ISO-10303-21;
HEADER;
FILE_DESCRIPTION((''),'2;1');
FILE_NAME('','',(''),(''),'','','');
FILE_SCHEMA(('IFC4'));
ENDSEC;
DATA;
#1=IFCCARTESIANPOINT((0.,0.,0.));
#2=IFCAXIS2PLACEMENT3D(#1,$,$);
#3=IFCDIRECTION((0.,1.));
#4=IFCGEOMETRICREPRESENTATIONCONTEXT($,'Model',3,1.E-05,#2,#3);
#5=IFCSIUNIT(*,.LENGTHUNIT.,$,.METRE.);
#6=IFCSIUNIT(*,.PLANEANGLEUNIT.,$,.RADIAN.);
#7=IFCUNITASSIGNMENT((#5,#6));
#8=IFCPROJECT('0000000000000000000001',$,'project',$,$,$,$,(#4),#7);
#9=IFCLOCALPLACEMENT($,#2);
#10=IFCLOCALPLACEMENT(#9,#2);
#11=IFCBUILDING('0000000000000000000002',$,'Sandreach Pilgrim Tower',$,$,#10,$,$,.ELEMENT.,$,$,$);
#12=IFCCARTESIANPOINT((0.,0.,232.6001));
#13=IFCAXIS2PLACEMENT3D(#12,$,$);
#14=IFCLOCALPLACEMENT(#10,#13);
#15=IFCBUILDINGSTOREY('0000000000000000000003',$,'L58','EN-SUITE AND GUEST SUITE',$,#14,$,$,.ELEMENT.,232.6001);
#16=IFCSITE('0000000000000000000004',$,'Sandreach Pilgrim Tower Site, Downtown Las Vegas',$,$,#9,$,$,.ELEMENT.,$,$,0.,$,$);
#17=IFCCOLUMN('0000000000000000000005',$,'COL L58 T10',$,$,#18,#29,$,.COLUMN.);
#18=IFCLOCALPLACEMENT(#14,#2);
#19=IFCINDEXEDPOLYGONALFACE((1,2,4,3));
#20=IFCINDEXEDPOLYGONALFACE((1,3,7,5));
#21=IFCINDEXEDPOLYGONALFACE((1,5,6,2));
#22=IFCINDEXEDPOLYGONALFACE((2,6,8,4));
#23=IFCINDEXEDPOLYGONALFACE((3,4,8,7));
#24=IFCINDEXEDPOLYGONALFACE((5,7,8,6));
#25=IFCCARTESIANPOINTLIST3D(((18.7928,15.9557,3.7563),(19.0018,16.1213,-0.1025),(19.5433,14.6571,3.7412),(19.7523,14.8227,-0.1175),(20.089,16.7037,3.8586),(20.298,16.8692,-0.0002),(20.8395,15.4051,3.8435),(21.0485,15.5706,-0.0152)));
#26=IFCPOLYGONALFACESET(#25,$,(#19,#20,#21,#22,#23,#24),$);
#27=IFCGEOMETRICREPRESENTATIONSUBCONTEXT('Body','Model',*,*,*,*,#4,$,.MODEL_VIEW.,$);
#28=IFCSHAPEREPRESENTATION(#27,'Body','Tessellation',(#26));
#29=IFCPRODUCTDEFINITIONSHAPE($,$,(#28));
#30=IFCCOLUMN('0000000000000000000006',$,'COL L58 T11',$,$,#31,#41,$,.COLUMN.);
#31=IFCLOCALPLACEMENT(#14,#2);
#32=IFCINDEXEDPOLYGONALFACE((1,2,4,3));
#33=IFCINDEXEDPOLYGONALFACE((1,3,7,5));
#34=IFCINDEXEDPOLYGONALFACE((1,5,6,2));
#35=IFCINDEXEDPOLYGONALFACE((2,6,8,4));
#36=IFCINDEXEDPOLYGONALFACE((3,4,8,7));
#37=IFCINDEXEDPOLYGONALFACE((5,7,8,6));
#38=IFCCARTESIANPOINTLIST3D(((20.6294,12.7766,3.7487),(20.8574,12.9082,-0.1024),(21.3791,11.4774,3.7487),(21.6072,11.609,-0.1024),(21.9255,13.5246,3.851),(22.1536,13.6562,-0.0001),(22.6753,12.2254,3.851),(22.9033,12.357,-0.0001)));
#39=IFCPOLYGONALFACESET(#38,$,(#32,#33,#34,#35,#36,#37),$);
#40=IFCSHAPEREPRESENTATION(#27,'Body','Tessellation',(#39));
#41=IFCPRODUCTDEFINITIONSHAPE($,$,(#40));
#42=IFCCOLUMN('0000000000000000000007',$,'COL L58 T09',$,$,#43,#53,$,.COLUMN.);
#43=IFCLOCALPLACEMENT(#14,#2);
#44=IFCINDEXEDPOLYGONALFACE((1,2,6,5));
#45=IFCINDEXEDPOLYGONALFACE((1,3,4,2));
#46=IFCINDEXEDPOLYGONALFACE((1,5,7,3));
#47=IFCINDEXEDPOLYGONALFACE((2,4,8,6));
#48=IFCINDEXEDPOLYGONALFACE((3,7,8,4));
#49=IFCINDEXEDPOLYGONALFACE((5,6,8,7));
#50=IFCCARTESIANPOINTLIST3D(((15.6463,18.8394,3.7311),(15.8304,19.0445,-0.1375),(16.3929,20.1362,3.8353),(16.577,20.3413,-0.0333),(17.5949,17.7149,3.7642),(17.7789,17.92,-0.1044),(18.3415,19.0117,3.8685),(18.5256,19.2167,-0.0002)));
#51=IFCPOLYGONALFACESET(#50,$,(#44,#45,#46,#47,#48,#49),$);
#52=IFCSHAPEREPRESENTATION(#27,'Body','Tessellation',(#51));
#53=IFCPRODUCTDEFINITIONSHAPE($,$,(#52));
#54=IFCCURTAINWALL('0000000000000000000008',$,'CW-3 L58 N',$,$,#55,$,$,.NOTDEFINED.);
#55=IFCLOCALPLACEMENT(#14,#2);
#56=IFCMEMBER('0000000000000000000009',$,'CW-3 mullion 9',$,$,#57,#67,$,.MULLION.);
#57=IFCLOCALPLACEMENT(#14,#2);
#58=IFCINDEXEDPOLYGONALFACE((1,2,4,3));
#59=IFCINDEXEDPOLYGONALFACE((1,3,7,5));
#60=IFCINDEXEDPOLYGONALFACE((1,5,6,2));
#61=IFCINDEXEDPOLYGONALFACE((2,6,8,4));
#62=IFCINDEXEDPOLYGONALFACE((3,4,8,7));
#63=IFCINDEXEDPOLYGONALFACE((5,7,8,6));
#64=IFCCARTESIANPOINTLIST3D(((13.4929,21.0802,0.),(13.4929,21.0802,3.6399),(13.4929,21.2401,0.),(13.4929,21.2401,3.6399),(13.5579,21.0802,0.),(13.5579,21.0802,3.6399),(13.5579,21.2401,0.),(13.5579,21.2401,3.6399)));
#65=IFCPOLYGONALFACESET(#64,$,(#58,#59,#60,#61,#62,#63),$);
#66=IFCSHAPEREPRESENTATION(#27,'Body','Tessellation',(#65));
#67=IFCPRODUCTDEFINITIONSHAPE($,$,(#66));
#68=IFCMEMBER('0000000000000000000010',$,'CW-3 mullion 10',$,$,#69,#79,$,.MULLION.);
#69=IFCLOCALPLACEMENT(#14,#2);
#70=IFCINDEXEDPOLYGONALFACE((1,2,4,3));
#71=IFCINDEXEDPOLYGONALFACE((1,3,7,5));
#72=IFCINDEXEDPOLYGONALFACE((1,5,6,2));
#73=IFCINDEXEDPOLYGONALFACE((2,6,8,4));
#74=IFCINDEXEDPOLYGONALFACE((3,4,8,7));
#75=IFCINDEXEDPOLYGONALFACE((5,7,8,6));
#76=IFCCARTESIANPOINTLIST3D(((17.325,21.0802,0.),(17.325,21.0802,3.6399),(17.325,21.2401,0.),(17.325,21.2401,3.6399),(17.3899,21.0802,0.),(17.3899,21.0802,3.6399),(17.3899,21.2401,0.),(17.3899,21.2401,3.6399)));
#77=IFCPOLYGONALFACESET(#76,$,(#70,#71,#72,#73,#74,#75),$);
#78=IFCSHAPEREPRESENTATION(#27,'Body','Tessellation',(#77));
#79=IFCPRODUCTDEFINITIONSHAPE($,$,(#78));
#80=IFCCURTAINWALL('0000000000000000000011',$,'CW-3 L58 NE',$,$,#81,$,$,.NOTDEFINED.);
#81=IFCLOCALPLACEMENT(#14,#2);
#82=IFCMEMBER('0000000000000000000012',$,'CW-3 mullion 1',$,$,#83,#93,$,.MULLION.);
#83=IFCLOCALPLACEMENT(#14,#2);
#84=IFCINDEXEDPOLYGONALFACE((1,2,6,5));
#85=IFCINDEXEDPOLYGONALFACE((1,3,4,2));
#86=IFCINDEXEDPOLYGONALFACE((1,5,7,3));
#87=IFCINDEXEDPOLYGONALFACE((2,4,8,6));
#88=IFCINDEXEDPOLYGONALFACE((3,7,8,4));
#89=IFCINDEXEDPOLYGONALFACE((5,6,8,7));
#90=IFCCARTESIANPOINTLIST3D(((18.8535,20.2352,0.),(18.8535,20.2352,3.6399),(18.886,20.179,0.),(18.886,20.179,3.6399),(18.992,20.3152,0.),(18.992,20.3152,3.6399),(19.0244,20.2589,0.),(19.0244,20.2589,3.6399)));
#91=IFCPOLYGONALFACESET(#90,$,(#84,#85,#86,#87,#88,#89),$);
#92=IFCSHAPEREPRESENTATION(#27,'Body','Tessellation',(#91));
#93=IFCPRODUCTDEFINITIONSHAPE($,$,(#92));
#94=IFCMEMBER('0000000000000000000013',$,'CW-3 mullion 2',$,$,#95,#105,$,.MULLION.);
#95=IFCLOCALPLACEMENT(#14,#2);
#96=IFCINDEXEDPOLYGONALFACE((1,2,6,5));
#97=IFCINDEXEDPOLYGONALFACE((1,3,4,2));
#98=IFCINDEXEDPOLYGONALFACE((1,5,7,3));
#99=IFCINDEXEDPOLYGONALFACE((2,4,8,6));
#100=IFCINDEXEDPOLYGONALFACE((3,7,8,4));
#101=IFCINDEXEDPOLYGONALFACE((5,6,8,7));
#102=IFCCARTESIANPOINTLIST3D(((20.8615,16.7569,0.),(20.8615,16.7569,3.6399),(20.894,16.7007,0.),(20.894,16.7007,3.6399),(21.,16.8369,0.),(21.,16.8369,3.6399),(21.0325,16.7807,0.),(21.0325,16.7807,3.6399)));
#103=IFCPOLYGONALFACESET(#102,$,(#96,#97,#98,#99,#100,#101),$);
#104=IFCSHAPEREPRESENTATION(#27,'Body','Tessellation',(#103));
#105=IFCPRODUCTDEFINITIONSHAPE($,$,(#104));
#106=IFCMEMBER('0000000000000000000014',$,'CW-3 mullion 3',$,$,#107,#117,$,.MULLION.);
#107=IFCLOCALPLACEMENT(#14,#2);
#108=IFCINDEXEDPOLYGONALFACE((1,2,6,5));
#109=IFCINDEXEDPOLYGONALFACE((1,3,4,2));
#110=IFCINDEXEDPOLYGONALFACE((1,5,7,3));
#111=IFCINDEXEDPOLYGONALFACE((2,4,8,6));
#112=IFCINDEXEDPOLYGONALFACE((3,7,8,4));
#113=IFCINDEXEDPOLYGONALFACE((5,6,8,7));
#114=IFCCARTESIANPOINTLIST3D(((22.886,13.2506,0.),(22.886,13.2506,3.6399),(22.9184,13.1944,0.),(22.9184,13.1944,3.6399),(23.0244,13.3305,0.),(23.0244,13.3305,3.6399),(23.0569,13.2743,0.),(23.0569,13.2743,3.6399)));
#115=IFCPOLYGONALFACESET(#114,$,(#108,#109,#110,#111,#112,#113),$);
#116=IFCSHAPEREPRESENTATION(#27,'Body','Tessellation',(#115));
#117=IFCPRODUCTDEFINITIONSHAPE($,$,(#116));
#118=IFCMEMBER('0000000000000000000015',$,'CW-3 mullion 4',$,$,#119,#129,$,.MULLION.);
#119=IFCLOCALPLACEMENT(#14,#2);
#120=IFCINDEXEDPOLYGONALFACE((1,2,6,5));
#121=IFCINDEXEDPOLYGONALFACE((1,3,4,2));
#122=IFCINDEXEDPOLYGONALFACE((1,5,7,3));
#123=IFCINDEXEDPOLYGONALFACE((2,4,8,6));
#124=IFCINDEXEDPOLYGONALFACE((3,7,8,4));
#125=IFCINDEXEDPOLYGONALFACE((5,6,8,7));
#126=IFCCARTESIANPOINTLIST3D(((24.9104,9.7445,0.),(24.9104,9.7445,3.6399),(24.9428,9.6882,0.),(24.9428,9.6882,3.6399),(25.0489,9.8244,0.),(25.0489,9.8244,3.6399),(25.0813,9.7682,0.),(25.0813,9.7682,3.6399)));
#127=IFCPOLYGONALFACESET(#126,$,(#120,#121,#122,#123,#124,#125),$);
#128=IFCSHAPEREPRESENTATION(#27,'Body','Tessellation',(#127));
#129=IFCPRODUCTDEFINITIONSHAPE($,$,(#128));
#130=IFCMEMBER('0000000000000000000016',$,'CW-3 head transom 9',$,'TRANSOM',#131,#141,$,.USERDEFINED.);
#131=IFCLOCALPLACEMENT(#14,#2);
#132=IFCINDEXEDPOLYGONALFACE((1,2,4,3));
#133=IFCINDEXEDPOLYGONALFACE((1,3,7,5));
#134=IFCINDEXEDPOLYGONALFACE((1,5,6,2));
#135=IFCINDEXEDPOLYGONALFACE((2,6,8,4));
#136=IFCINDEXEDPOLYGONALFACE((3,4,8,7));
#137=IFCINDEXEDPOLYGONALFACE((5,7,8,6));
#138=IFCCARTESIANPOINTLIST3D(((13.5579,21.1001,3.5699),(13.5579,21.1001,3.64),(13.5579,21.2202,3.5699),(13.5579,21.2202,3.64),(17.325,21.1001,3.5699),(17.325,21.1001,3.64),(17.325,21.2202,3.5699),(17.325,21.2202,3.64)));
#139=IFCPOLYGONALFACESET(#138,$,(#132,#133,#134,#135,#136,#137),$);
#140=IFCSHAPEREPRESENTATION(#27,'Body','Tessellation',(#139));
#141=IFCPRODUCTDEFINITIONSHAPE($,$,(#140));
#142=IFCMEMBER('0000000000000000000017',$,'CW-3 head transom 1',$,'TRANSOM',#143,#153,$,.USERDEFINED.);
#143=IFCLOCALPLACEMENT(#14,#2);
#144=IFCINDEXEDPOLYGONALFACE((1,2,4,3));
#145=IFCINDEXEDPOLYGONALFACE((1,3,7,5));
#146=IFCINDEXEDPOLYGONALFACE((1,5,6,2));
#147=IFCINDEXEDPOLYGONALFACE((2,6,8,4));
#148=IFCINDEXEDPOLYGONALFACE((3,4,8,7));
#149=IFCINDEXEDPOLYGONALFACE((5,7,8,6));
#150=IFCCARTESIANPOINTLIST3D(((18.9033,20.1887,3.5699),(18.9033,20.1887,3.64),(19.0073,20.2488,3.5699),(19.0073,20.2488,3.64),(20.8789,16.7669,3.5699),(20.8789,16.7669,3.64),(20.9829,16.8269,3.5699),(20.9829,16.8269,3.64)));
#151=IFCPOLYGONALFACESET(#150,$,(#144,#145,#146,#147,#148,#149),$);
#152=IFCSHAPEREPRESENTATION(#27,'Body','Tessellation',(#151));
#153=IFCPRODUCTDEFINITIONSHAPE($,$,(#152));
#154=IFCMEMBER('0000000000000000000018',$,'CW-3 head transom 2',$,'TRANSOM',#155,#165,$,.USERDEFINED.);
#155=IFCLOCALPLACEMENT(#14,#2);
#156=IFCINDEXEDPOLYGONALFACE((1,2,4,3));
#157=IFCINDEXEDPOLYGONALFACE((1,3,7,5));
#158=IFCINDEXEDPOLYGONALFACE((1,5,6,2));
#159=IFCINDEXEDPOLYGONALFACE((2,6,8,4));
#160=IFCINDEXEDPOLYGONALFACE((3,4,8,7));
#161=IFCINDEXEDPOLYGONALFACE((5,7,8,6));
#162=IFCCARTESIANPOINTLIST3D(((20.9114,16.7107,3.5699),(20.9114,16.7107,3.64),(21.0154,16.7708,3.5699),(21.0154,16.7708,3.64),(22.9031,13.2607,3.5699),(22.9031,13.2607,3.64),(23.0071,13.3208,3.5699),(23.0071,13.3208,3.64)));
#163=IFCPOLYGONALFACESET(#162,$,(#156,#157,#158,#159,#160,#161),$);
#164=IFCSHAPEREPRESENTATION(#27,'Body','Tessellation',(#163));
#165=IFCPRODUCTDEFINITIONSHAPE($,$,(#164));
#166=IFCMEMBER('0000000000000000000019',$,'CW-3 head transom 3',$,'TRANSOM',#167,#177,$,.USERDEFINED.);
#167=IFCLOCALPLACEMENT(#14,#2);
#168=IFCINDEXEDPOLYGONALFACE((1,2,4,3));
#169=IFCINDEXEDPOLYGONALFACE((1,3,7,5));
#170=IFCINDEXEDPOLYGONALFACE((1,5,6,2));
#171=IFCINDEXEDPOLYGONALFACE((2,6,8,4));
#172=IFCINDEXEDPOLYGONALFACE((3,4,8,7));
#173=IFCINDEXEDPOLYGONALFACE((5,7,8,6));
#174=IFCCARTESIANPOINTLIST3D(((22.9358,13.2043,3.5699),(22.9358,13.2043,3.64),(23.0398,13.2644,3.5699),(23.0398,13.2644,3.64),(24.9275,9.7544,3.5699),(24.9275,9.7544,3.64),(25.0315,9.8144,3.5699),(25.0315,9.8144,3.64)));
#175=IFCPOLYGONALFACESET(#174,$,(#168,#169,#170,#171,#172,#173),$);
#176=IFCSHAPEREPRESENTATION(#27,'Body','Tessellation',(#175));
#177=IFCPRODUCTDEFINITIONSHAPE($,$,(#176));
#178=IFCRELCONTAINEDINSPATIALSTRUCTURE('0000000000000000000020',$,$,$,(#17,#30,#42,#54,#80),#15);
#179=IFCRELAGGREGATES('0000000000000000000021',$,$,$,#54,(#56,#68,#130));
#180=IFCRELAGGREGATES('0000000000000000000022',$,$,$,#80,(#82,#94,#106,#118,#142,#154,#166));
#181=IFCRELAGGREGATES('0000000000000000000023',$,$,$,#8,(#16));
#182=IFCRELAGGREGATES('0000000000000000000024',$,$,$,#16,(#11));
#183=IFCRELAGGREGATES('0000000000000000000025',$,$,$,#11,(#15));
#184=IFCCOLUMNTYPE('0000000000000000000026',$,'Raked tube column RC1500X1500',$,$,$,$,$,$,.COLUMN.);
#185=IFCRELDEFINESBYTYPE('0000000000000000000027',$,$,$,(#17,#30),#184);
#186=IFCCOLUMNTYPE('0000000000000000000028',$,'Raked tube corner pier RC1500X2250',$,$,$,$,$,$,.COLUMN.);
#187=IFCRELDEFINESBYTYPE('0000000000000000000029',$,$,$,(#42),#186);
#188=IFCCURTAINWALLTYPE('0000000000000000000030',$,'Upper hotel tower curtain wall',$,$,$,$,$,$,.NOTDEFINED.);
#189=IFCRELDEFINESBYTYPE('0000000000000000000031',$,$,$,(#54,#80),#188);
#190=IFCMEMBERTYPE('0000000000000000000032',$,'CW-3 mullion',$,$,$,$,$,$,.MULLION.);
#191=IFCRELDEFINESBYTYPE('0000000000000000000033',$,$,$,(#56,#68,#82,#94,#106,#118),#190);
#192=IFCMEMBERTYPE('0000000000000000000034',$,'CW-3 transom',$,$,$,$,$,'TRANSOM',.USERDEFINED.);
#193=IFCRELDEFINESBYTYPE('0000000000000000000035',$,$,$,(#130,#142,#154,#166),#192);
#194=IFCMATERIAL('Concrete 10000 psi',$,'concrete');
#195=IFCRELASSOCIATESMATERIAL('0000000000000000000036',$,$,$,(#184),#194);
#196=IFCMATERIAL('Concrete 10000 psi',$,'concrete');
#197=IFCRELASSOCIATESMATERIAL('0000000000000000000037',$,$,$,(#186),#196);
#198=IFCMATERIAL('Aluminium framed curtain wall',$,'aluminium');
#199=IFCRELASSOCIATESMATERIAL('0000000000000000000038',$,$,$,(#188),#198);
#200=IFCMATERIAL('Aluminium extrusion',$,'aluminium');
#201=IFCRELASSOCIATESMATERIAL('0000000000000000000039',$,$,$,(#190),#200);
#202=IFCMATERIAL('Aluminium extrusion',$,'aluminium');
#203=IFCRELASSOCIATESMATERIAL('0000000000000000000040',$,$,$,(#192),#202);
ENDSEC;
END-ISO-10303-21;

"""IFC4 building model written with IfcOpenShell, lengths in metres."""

from ifc_helpers import new_model, si_unit, direction, frame, origin, origin_2d, place, context, subcontext, project, spatial, rectangle, extrude, material, material_profile, profile_set, type_object, element, aggregate, save


model = new_model("IFC4")

# Units and contexts
model_context = context("Model", 3, precision=1e-05, world=origin(), true_north=direction((0.0, 1.0)))
body_context = subcontext(model_context, "Body", "Model", "MODEL_VIEW")
ifc_project = project(units=[si_unit("LENGTHUNIT", "METRE"), si_unit("PLANEANGLEUNIT", "RADIAN")], contexts=[model_context])

# Site, building, storey
site_placement = place(None, origin())
site = spatial("IfcSite", under=ifc_project, at=site_placement, Name="Sandreach Pilgrim Tower Site, Downtown Las Vegas", CompositionType="ELEMENT", RefElevation=0.0)
building_placement = place(site_placement, origin())
building = spatial("IfcBuilding", under=site, at=building_placement, Name="Sandreach Pilgrim Tower", CompositionType="ELEMENT")
storey_placement = place(building_placement, frame((0.0, 0.0, 232.6001)))
storey = spatial("IfcBuildingStorey", under=building, at=storey_placement, Name="L58", Description="EN-SUITE AND GUEST SUITE", CompositionType="ELEMENT", Elevation=232.6001)

# Columns
ifc_material_1 = material(Name="Concrete 10000 psi", Category="concrete")
ifc_material_profile_1 = material_profile(ifc_material_1, rectangle(XDim=1.5, YDim=1.5, at=origin_2d()), Name="RC1500X1500")
ifc_profile_set_1 = profile_set([ifc_material_profile_1], Name="Concrete 10000 psi")
column_type_1 = type_object("IfcColumnType", Name="Raked tube column RC1500X1500", PredefinedType="COLUMN", material=ifc_profile_set_1)
column_1_placement = place(storey_placement, frame((20.0251, 15.8459, -0.0588), z_axis=(-0.054031, -0.042796, 0.997622), x_axis=(0.864121, 0.498644, 0.068192)))
element("IfcColumn", 1, at=column_1_placement, inside=storey, type_object=column_type_1, Name="COL L58 T10", PredefinedType="COLUMN", context=body_context, shape_type="SweptSolid", body=[
    extrude(rectangle(XDim=1.5, YDim=1.5, at=origin_2d()), origin(), (0.0, 0.0, 1.0), 3.8679),
])
column_2_placement = place(storey_placement, frame((21.8804, 12.6326, -0.0513), z_axis=(-0.059073, -0.034091, 0.997671), x_axis=(0.864107, 0.498666, 0.068204)))
element("IfcColumn", 2, at=column_2_placement, inside=storey, type_object=column_type_1, Name="COL L58 T11", PredefinedType="COLUMN", context=body_context, shape_type="SweptSolid", body=[
    extrude(rectangle(XDim=1.5, YDim=1.5, at=origin_2d()), origin(), (0.0, 0.0, 1.0), 3.8601),
])
ifc_material_2 = material(Name="Concrete 10000 psi", Category="concrete")
ifc_material_profile_2 = material_profile(ifc_material_2, rectangle(XDim=1.5, YDim=2.25, at=origin_2d()), Name="RC1500X2250")
ifc_profile_set_2 = profile_set([ifc_material_profile_2], Name="Concrete 10000 psi")
column_type_2 = type_object("IfcColumnType", Name="Raked tube corner pier RC1500X2250", PredefinedType="COLUMN", material=ifc_profile_set_2)
column_3_placement = place(storey_placement, frame((17.178, 19.1306, -0.0688), z_axis=(-0.047463, -0.052876, 0.997473), x_axis=(0.497751, 0.86453, 0.069513)))
element("IfcColumn", 3, at=column_3_placement, inside=storey, type_object=column_type_2, Name="COL L58 T09", PredefinedType="COLUMN", context=body_context, shape_type="SweptSolid", body=[
    extrude(rectangle(XDim=1.5, YDim=2.25, at=origin_2d()), origin(), (0.0, 0.0, 1.0), 3.8784),
])

# Curtain walls, members
ifc_material_3 = material(Name="Aluminium framed curtain wall", Category="aluminium")
curtain_wall_type = type_object("IfcCurtainWallType", Name="Upper hotel tower curtain wall", PredefinedType="NOTDEFINED", material=ifc_material_3)
curtain_wall_1_placement = place(storey_placement, origin())
curtain_wall_1 = element("IfcCurtainWall", 4, at=curtain_wall_1_placement, inside=storey, type_object=curtain_wall_type, Name="CW-3 L58 N", PredefinedType="NOTDEFINED")
ifc_material_4 = material(Name="Aluminium extrusion", Category="aluminium")
ifc_material_profile_3 = material_profile(ifc_material_4, rectangle(XDim=0.0649, YDim=0.1599, at=origin_2d()), Name="CW-3M 65X160")
ifc_profile_set_3 = profile_set([ifc_material_profile_3], Name="Aluminium extrusion")
member_type_1 = type_object("IfcMemberType", Name="CW-3 mullion", PredefinedType="MULLION", material=ifc_profile_set_3)
member_1_placement = place(storey_placement, frame((13.5254, 21.1602, 0.0), z_axis=(0.0, 0.0, 1.0), x_axis=(1.0, 0.0, 0.0)))
member_1 = element("IfcMember", 5, at=member_1_placement, type_object=member_type_1, Name="CW-3 mullion 9", PredefinedType="MULLION", context=body_context, shape_type="SweptSolid", body=[
    extrude(rectangle(XDim=0.0649, YDim=0.1599, at=origin_2d()), origin(), (0.0, 0.0, 1.0), 3.6399),
])
member_2_placement = place(storey_placement, frame((17.3574, 21.1602, 0.0), z_axis=(0.0, 0.0, 1.0), x_axis=(1.0, 0.0, 0.0)))
member_2 = element("IfcMember", 6, at=member_2_placement, type_object=member_type_1, Name="CW-3 mullion 10", PredefinedType="MULLION", context=body_context, shape_type="SweptSolid", body=[
    extrude(rectangle(XDim=0.0649, YDim=0.1599, at=origin_2d()), origin(), (0.0, 0.0, 1.0), 3.6399),
])
curtain_wall_2_placement = place(storey_placement, origin())
curtain_wall_2 = element("IfcCurtainWall", 7, at=curtain_wall_2_placement, inside=storey, type_object=curtain_wall_type, Name="CW-3 L58 NE", PredefinedType="NOTDEFINED")
member_3_placement = place(storey_placement, frame((18.939, 20.2471, 0.0), z_axis=(0.0, 0.0, 1.0), x_axis=(0.5, -0.866025, 0.0)))
member_3 = element("IfcMember", 8, at=member_3_placement, type_object=member_type_1, Name="CW-3 mullion 1", PredefinedType="MULLION", context=body_context, shape_type="SweptSolid", body=[
    extrude(rectangle(XDim=0.0649, YDim=0.1599, at=origin_2d()), origin(), (0.0, 0.0, 1.0), 3.6399),
])
member_4_placement = place(storey_placement, frame((20.947, 16.7688, 0.0), z_axis=(0.0, 0.0, 1.0), x_axis=(0.5, -0.866025, 0.0)))
member_4 = element("IfcMember", 9, at=member_4_placement, type_object=member_type_1, Name="CW-3 mullion 2", PredefinedType="MULLION", context=body_context, shape_type="SweptSolid", body=[
    extrude(rectangle(XDim=0.0649, YDim=0.1599, at=origin_2d()), origin(), (0.0, 0.0, 1.0), 3.6399),
])
member_5_placement = place(storey_placement, frame((22.9714, 13.2625, 0.0), z_axis=(0.0, 0.0, 1.0), x_axis=(0.5, -0.866025, 0.0)))
member_5 = element("IfcMember", 10, at=member_5_placement, type_object=member_type_1, Name="CW-3 mullion 3", PredefinedType="MULLION", context=body_context, shape_type="SweptSolid", body=[
    extrude(rectangle(XDim=0.0649, YDim=0.1599, at=origin_2d()), origin(), (0.0, 0.0, 1.0), 3.6399),
])
member_6_placement = place(storey_placement, frame((24.9958, 9.7563, 0.0), z_axis=(0.0, 0.0, 1.0), x_axis=(0.5, -0.866025, 0.0)))
member_6 = element("IfcMember", 11, at=member_6_placement, type_object=member_type_1, Name="CW-3 mullion 4", PredefinedType="MULLION", context=body_context, shape_type="SweptSolid", body=[
    extrude(rectangle(XDim=0.0649, YDim=0.1599, at=origin_2d()), origin(), (0.0, 0.0, 1.0), 3.6399),
])

# Members
ifc_material_5 = material(Name="Aluminium extrusion", Category="aluminium")
ifc_material_profile_4 = material_profile(ifc_material_5, rectangle(XDim=0.1201, YDim=0.0701, at=origin_2d()), Name="CW-3T 120X70")
ifc_profile_set_4 = profile_set([ifc_material_profile_4], Name="Aluminium extrusion")
member_type_2 = type_object("IfcMemberType", Name="CW-3 transom", ElementType="TRANSOM", PredefinedType="USERDEFINED", material=ifc_profile_set_4)
member_7_placement = place(storey_placement, frame((13.5579, 21.1602, 3.605), z_axis=(1.0, 0.0, 0.0), x_axis=(0.0, 1.0, 0.0)))
member_7 = element("IfcMember", 12, at=member_7_placement, type_object=member_type_2, Name="CW-3 head transom 9", ObjectType="TRANSOM", PredefinedType="USERDEFINED", context=body_context, shape_type="SweptSolid", body=[
    extrude(rectangle(XDim=0.1201, YDim=0.0701, at=origin_2d()), origin(), (0.0, 0.0, 1.0), 3.7671),
])
member_8_placement = place(storey_placement, frame((18.9553, 20.2188, 3.605), z_axis=(0.499993, -0.866029, 0.0), x_axis=(0.866029, 0.499993, 0.0)))
member_8 = element("IfcMember", 13, at=member_8_placement, type_object=member_type_2, Name="CW-3 head transom 1", ObjectType="TRANSOM", PredefinedType="USERDEFINED", context=body_context, shape_type="SweptSolid", body=[
    extrude(rectangle(XDim=0.1201, YDim=0.0701, at=origin_2d()), origin(), (0.0, 0.0, 1.0), 3.9512),
])
member_9_placement = place(storey_placement, frame((20.9634, 16.7407, 3.605), z_axis=(0.499975, -0.86604, 0.0), x_axis=(0.86604, 0.499975, 0.0)))
member_9 = element("IfcMember", 14, at=member_9_placement, type_object=member_type_2, Name="CW-3 head transom 2", ObjectType="TRANSOM", PredefinedType="USERDEFINED", context=body_context, shape_type="SweptSolid", body=[
    extrude(rectangle(XDim=0.1201, YDim=0.0701, at=origin_2d()), origin(), (0.0, 0.0, 1.0), 3.9836),
])
member_10_placement = place(storey_placement, frame((22.9878, 13.2344, 3.605), z_axis=(0.499975, -0.86604, 0.0), x_axis=(0.86604, 0.499975, 0.0)))
member_10 = element("IfcMember", 15, at=member_10_placement, type_object=member_type_2, Name="CW-3 head transom 3", ObjectType="TRANSOM", PredefinedType="USERDEFINED", context=body_context, shape_type="SweptSolid", body=[
    extrude(rectangle(XDim=0.1201, YDim=0.0701, at=origin_2d()), origin(), (0.0, 0.0, 1.0), 3.9836),
])

aggregate(curtain_wall_1, [member_1, member_2, member_7])
aggregate(curtain_wall_2, [member_3, member_4, member_5, member_6, member_8, member_9, member_10])

save(model, "model.ifc")
